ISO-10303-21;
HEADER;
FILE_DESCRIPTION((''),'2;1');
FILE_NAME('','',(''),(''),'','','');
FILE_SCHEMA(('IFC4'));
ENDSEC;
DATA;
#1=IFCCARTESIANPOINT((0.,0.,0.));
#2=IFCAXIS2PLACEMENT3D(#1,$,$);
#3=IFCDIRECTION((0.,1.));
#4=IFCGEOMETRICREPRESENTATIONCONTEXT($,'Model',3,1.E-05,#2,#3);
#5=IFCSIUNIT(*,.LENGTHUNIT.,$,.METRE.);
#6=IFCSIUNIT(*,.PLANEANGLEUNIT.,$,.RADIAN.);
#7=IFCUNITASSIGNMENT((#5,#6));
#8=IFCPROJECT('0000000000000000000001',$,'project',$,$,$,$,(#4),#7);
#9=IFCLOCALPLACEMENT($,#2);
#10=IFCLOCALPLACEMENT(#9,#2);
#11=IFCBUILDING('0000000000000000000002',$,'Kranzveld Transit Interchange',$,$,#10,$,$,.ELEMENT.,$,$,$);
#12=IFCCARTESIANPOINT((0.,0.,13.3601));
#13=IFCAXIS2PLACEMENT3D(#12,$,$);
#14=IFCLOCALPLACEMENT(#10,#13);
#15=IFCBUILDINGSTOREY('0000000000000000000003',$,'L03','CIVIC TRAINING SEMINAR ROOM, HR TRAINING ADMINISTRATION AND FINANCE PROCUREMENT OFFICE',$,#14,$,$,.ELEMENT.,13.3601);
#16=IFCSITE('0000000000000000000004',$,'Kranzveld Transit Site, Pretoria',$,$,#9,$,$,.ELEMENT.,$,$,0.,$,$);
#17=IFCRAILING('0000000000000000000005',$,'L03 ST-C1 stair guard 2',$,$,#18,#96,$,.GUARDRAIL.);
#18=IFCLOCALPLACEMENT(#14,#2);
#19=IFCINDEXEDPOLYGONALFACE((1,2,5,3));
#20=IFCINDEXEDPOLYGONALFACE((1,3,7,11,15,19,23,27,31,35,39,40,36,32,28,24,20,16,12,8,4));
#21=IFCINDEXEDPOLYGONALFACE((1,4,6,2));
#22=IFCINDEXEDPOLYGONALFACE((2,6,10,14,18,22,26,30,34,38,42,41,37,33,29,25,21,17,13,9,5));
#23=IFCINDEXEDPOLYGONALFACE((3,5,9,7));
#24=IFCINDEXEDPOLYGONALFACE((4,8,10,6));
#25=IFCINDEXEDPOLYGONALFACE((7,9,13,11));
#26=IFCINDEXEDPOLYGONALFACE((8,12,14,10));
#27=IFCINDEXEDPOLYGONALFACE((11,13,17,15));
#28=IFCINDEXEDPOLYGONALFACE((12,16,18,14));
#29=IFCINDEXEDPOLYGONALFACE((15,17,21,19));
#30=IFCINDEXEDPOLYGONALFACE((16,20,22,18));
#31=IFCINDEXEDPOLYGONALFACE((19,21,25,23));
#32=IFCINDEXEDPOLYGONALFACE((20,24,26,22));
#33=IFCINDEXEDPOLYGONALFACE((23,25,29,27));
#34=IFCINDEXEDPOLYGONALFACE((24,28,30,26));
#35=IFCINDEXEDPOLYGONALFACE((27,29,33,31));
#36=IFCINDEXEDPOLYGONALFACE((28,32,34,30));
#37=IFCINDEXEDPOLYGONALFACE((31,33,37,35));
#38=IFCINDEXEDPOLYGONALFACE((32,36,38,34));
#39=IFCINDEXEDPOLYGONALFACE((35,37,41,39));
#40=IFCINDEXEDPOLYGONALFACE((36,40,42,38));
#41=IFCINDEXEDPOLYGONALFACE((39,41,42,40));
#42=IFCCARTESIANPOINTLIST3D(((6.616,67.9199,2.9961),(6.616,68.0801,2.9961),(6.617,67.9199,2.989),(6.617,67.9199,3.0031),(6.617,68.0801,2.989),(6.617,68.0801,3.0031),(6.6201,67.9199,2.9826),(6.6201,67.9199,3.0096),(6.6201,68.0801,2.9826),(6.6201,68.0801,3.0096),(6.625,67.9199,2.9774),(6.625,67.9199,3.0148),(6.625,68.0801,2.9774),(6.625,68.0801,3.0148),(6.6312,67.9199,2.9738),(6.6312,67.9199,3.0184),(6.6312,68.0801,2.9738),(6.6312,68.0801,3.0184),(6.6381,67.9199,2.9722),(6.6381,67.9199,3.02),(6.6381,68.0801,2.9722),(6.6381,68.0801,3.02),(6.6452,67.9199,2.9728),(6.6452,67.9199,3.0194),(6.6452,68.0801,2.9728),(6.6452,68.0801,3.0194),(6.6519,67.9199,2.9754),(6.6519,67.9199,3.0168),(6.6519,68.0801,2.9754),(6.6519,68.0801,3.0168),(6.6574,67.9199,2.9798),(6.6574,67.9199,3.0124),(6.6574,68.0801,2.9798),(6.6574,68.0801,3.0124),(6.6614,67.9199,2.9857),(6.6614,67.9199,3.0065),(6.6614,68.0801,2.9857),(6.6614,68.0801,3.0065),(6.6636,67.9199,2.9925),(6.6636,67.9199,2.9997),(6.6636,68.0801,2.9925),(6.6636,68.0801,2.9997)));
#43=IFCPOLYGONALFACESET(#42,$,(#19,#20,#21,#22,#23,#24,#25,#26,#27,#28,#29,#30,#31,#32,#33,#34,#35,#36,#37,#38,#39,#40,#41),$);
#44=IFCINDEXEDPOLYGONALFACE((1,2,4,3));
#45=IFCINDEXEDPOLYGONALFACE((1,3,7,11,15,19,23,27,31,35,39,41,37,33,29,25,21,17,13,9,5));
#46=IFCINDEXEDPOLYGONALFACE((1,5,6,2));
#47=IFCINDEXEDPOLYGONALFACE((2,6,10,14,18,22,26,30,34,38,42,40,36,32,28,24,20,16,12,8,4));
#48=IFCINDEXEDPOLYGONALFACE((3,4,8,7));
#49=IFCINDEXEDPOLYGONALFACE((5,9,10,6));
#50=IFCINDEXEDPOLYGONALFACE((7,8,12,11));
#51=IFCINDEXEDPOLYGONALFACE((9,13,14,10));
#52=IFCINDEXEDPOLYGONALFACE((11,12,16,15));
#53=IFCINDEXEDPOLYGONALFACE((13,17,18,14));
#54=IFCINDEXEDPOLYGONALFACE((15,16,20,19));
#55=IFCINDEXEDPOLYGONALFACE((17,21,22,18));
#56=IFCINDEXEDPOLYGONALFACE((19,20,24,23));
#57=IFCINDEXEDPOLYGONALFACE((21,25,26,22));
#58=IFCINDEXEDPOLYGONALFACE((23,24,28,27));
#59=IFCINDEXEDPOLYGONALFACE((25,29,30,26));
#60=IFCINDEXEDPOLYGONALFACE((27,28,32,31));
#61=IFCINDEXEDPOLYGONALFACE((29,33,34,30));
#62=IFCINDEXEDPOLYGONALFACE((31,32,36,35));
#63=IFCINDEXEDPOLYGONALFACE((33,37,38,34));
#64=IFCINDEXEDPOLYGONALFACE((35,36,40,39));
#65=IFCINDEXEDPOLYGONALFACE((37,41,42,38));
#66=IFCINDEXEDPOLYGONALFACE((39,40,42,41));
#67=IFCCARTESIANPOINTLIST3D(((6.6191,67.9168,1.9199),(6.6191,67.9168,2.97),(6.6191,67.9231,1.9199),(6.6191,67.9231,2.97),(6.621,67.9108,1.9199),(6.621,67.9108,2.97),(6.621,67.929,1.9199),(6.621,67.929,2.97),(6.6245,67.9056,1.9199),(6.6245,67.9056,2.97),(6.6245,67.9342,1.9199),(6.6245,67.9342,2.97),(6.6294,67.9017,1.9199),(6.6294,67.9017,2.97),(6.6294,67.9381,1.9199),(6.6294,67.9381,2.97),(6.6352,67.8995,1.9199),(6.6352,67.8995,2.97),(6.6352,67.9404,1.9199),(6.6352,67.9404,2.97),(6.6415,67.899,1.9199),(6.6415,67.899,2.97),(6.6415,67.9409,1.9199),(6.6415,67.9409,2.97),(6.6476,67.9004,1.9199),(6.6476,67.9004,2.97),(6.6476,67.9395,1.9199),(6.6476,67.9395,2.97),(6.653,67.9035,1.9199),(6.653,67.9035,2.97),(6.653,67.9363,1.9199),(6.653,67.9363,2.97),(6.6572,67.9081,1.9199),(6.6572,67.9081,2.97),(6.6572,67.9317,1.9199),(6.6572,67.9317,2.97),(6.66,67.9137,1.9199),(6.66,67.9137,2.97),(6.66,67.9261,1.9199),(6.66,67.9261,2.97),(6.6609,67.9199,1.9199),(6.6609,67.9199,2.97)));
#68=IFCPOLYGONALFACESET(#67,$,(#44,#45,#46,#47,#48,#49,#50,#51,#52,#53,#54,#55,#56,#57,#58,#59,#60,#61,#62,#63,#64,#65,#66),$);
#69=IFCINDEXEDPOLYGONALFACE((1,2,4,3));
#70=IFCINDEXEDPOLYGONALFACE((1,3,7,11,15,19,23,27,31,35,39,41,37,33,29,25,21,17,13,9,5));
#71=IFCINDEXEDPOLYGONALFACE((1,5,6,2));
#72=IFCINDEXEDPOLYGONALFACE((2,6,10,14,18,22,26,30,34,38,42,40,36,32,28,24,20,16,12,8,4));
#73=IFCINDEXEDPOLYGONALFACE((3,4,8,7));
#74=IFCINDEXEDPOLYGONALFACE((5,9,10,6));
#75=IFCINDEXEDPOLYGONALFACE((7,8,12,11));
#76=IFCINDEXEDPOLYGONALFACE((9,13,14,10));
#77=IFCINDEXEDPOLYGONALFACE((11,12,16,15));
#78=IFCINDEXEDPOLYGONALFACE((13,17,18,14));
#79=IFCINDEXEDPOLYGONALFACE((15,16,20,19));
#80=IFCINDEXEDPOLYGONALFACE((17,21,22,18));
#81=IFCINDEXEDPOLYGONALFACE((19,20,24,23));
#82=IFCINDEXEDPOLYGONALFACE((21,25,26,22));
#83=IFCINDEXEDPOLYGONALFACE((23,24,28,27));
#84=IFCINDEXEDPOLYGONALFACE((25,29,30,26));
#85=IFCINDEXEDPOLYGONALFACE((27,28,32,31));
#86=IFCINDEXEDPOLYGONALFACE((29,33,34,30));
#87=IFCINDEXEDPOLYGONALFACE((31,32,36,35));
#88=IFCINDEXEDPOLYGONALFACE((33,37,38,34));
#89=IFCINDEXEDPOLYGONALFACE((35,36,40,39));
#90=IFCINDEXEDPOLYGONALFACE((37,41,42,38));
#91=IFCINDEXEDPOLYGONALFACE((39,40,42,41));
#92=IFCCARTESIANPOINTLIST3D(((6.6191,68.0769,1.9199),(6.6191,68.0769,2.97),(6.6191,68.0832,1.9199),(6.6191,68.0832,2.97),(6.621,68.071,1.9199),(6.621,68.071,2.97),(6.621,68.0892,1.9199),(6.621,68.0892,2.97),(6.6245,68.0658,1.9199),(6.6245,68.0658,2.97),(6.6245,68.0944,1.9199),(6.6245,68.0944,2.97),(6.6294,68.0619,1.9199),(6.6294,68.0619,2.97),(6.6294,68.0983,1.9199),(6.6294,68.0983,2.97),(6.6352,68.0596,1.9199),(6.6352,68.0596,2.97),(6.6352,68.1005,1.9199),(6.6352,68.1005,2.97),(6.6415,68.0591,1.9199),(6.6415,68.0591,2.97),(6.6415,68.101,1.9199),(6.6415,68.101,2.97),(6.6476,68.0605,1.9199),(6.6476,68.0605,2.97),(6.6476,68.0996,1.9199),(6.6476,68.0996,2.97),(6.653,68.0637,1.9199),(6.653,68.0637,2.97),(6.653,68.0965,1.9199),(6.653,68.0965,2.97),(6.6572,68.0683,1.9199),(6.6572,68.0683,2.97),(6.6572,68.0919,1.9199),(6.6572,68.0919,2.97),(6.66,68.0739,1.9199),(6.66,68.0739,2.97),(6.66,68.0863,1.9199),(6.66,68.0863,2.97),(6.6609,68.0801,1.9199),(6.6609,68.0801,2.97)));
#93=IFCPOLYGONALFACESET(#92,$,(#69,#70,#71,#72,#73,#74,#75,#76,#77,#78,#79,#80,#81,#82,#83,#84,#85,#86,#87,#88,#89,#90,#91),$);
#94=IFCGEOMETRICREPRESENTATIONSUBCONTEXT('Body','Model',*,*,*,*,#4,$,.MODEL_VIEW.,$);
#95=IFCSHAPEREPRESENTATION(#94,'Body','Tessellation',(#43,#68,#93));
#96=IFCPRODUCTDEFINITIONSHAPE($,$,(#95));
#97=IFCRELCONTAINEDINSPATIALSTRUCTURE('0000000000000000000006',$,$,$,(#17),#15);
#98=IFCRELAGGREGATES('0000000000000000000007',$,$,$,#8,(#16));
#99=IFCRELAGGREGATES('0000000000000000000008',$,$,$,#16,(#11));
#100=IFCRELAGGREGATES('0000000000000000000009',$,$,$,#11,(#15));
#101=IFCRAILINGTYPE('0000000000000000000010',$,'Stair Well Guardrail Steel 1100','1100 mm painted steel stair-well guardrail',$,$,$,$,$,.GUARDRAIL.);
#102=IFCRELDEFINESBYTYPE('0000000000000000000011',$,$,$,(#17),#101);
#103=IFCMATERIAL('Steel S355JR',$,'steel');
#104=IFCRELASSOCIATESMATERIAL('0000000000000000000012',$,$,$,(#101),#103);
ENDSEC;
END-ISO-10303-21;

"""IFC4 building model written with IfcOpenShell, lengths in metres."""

from ifc_helpers import new_model, si_unit, direction, frame, origin, origin_2d, place, context, subcontext, project, spatial, circle, extrude, material, type_object, element, save


model = new_model("IFC4")

# Units and contexts
model_context = context("Model", 3, precision=1e-05, world=origin(), true_north=direction((0.0, 1.0)))
body_context = subcontext(model_context, "Body", "Model", "MODEL_VIEW")
ifc_project = project(units=[si_unit("LENGTHUNIT", "METRE"), si_unit("PLANEANGLEUNIT", "RADIAN")], contexts=[model_context])

# Site, building, storey
site_placement = place(None, origin())
site = spatial("IfcSite", under=ifc_project, at=site_placement, Name="Kranzveld Transit Site, Pretoria", CompositionType="ELEMENT", RefElevation=0.0)
building_placement = place(site_placement, origin())
building = spatial("IfcBuilding", under=site, at=building_placement, Name="Kranzveld Transit Interchange", CompositionType="ELEMENT")
storey_placement = place(building_placement, frame((0.0, 0.0, 13.3601)))
storey = spatial("IfcBuildingStorey", under=building, at=storey_placement, Name="L03", Description="CIVIC TRAINING SEMINAR ROOM, HR TRAINING ADMINISTRATION AND FINANCE PROCUREMENT OFFICE", CompositionType="ELEMENT", Elevation=13.3601)

# Railing
ifc_material_1 = material(Name="Steel S355JR", Category="steel")
railing_type_1 = type_object("IfcRailingType", Name="Stair Well Guardrail Steel 1100", Description="1100 mm painted steel stair-well guardrail", PredefinedType="GUARDRAIL", material=ifc_material_1)
railing_1_placement = place(storey_placement, frame((6.6399, 67.9199, 1.9199)))
element("IfcRailing", 1, at=railing_1_placement, inside=storey, type_object=railing_type_1, Name="L03 ST-C1 stair guard 2", PredefinedType="GUARDRAIL", context=body_context, shape_type="SweptSolid", body=[
    extrude(circle(Radius=0.0239, at=origin_2d()), frame((0.0, 0.0, 1.0762), z_axis=(0.0, 1.0, 0.0), x_axis=(-1.0, 0.0, 0.0)), (0.0, 0.0, 1.0), 0.1602),
    extrude(circle(Radius=0.021, at=origin_2d()), origin(), (0.0, 0.0, 1.0), 1.05),
    extrude(circle(Radius=0.021, at=origin_2d()), frame((0.0, 0.1602, 0.0)), (0.0, 0.0, 1.0), 1.05),
])

save(model, "model.ifc")
